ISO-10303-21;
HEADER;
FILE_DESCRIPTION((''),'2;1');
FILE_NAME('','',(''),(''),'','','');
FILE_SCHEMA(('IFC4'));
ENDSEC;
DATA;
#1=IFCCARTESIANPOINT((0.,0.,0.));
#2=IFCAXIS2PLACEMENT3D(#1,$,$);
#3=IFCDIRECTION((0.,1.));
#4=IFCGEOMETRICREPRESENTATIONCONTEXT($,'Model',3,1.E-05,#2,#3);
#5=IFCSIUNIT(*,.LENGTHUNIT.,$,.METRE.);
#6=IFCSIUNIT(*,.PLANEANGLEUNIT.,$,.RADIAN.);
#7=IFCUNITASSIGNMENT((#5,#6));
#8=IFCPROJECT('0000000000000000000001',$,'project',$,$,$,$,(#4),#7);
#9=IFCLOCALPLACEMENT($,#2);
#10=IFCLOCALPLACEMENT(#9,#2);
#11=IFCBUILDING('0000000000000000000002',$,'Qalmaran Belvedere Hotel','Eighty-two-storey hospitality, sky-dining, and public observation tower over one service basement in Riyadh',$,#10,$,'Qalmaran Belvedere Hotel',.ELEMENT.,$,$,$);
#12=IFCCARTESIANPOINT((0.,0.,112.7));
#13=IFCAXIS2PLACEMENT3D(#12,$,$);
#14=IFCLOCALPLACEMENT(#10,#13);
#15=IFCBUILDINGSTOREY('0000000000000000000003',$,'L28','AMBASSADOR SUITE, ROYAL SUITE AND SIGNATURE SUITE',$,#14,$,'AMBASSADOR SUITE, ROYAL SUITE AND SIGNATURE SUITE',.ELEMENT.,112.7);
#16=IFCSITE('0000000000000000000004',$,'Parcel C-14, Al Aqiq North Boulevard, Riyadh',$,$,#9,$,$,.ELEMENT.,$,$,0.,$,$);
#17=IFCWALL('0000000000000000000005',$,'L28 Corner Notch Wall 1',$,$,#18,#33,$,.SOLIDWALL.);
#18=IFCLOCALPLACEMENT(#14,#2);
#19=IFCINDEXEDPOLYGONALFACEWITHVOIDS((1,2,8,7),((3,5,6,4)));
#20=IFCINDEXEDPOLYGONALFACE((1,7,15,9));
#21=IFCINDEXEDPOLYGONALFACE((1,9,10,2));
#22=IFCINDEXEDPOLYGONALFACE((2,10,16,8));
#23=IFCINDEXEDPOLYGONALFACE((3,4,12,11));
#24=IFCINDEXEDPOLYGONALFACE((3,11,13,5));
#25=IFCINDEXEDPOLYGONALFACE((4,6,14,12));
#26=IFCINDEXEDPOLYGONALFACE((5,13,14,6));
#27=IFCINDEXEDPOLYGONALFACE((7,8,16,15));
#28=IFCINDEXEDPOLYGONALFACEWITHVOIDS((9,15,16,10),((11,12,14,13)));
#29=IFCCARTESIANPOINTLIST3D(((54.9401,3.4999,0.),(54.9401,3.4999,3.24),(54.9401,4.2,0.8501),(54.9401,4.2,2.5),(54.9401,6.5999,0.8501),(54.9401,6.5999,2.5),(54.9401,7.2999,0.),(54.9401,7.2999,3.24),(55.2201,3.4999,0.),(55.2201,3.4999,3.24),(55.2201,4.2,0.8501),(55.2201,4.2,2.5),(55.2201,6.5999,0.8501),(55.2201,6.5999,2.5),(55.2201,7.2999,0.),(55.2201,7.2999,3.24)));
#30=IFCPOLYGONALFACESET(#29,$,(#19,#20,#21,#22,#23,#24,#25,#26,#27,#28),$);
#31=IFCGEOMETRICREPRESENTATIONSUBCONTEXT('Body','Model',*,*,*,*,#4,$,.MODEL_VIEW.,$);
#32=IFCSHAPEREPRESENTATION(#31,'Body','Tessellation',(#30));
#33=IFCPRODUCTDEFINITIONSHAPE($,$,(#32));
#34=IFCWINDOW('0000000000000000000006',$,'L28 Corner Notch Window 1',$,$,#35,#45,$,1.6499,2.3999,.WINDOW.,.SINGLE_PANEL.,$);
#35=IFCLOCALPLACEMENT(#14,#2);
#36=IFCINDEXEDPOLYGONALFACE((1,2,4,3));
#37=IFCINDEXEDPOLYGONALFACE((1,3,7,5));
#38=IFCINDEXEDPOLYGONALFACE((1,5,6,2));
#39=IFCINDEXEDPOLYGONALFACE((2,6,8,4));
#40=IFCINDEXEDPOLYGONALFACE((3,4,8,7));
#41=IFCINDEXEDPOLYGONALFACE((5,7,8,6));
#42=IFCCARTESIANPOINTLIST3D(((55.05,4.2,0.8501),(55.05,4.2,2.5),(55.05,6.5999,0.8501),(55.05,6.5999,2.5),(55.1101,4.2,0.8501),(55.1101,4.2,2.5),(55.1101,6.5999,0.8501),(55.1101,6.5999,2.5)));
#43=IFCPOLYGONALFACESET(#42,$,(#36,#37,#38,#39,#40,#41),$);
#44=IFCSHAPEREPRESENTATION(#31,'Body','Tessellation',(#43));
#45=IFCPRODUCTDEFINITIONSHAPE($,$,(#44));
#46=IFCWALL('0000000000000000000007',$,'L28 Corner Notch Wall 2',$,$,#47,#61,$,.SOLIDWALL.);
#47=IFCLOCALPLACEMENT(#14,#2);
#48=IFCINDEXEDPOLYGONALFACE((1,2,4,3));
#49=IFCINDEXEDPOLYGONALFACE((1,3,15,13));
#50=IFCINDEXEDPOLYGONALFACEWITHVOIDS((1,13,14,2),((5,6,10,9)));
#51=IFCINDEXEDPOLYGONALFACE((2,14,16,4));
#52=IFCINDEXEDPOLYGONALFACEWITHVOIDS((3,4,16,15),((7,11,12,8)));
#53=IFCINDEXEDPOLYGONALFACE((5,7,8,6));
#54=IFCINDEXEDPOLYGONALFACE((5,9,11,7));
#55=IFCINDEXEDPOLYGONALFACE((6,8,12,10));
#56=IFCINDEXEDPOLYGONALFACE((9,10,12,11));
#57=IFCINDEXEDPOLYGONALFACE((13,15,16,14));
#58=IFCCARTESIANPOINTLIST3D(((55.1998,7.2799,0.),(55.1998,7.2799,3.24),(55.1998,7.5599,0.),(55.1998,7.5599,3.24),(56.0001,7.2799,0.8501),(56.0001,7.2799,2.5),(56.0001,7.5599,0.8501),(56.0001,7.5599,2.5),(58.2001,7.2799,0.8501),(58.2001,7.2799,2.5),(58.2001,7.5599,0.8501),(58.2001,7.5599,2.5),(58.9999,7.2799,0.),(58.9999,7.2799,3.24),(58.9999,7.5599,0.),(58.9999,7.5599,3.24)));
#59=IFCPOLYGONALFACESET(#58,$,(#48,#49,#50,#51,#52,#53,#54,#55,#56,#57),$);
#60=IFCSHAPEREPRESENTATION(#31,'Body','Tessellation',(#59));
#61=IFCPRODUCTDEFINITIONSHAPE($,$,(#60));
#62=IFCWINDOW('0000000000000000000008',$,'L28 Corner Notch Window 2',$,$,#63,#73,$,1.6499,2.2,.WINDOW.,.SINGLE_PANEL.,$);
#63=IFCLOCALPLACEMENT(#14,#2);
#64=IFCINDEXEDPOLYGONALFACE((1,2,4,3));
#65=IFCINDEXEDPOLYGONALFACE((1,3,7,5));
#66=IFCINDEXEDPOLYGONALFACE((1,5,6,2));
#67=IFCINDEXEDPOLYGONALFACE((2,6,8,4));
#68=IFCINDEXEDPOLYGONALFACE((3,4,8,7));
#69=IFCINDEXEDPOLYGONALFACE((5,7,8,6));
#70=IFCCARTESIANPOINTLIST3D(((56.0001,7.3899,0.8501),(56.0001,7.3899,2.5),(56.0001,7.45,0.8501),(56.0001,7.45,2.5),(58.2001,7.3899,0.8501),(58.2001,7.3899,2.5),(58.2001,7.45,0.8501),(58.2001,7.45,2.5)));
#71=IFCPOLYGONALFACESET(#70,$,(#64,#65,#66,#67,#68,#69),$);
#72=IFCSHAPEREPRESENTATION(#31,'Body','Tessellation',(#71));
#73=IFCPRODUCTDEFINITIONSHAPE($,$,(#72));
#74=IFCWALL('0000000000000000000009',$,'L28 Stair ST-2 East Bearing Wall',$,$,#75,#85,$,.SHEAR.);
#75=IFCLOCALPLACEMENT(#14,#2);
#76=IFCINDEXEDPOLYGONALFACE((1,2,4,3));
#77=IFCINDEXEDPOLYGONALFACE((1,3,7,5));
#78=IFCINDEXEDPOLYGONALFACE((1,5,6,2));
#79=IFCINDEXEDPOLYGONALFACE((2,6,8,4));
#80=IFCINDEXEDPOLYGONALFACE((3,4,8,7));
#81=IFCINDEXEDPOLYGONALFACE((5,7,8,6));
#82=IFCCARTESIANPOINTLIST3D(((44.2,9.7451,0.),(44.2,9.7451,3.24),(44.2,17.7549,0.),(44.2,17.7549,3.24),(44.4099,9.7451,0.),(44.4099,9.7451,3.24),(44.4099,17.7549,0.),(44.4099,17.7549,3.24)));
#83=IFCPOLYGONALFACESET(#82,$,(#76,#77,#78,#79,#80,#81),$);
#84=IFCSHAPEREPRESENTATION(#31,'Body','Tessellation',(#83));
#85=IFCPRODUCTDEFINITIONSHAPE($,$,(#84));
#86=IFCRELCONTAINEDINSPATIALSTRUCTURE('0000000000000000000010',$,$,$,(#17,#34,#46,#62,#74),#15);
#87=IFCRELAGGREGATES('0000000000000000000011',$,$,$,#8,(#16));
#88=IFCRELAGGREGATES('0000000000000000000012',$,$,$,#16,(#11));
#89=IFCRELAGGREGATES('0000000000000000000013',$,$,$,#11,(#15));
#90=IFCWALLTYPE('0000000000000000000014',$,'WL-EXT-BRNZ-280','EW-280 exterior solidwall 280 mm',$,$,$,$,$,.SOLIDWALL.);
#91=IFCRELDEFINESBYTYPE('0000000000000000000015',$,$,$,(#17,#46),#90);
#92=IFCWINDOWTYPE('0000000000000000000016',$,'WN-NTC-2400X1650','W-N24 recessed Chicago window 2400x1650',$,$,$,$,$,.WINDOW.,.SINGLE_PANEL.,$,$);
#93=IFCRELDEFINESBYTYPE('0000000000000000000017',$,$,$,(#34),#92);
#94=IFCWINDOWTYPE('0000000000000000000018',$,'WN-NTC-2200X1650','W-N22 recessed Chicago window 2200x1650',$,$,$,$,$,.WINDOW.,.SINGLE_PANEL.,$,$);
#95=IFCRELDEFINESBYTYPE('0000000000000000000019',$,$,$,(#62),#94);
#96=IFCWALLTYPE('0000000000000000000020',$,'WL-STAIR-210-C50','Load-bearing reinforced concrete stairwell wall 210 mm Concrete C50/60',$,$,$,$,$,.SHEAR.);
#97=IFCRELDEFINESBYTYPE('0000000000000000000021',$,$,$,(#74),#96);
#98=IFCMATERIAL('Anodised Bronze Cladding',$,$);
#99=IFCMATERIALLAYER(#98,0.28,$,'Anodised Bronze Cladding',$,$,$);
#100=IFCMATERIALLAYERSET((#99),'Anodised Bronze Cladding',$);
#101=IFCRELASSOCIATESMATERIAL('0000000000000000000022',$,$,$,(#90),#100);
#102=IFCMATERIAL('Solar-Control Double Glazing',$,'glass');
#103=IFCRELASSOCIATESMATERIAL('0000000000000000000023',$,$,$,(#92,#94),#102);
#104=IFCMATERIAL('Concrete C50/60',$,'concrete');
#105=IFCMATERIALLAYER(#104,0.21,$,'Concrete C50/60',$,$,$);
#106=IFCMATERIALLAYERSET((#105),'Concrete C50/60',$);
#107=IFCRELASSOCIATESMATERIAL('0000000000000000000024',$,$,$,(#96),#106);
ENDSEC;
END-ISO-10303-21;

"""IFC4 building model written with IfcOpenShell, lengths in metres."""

from ifc_helpers import new_model, si_unit, direction, frame, frame_2d, origin, place, context, subcontext, project, spatial, rectangle, extrude, material, layer, layer_set, type_object, element, fill, save


model = new_model("IFC4")

# Units and contexts
model_context = context("Model", 3, precision=1e-05, world=origin(), true_north=direction((0.0, 1.0)))
body_context = subcontext(model_context, "Body", "Model", "MODEL_VIEW")
ifc_project = project(units=[si_unit("LENGTHUNIT", "METRE"), si_unit("PLANEANGLEUNIT", "RADIAN")], contexts=[model_context])

# Site, building, storey
site_placement = place(None, origin())
site = spatial("IfcSite", under=ifc_project, at=site_placement, Name="Parcel C-14, Al Aqiq North Boulevard, Riyadh", CompositionType="ELEMENT", RefElevation=0.0)
building_placement = place(site_placement, origin())
building = spatial("IfcBuilding", under=site, at=building_placement, Name="Qalmaran Belvedere Hotel", Description="Eighty-two-storey hospitality, sky-dining, and public observation tower over one service basement in Riyadh", LongName="Qalmaran Belvedere Hotel", CompositionType="ELEMENT")
storey_placement = place(building_placement, frame((0.0, 0.0, 112.7)))
storey = spatial("IfcBuildingStorey", under=building, at=storey_placement, Name="L28", Description="AMBASSADOR SUITE, ROYAL SUITE AND SIGNATURE SUITE", LongName="AMBASSADOR SUITE, ROYAL SUITE AND SIGNATURE SUITE", CompositionType="ELEMENT", Elevation=112.7)

# Shared definitions
ifc_material_1 = material(Name="Solar-Control Double Glazing", Category="glass")

# Walls, openings, windows
ifc_material_2 = material(Name="Anodised Bronze Cladding")
ifc_layer_1 = layer(ifc_material_2, 0.28, Name="Anodised Bronze Cladding")
ifc_layer_set_1 = layer_set([ifc_layer_1], Name="Anodised Bronze Cladding")
wall_type_1 = type_object("IfcWallType", Name="WL-EXT-BRNZ-280", Description="EW-280 exterior solidwall 280 mm", PredefinedType="SOLIDWALL", material=ifc_layer_set_1)
wall_1_placement = place(storey_placement, frame((55.0801, 3.5, 0.0), z_axis=(0.0, 0.0, 1.0), x_axis=(0.0, 1.0, 0.0)))
wall_1 = element("IfcWall", 1, at=wall_1_placement, inside=storey, type_object=wall_type_1, Name="L28 Corner Notch Wall 1", PredefinedType="SOLIDWALL", context=body_context, shape_type="SweptSolid", body=[
    extrude(rectangle(XDim=3.8, YDim=0.28, at=frame_2d((1.8999, 0.0))), origin(), (0.0, 0.0, 1.0), 3.24),
])
opening_1_placement = place(wall_1_placement, frame((0.7, 0.0, 0.8501)))
opening_1 = element("IfcOpeningElement", 2, at=opening_1_placement, cuts=wall_1, PredefinedType="OPENING", context=body_context, shape_type="SweptSolid", body=[
    extrude(rectangle(XDim=2.3999, YDim=1.6499, at=frame_2d((1.2, 0.825))), frame((0.0, 0.1499, 0.0), z_axis=(0.0, -1.0, 0.0), x_axis=(1.0, 0.0, 0.0)), (0.0, 0.0, 1.0), 0.3),
])
window_type_1 = type_object("IfcWindowType", Name="WN-NTC-2400X1650", Description="W-N24 recessed Chicago window 2400x1650", PartitioningType="SINGLE_PANEL", PredefinedType="WINDOW", material=ifc_material_1)
window_1_placement = place(opening_1_placement, origin())
window_1 = element("IfcWindow", 3, at=window_1_placement, inside=storey, type_object=window_type_1, Name="L28 Corner Notch Window 1", OverallHeight=1.6499, OverallWidth=2.3999, PartitioningType="SINGLE_PANEL", PredefinedType="WINDOW", context=body_context, shape_type="SweptSolid", body=[
    extrude(rectangle(XDim=2.3999, YDim=1.6499, at=frame_2d((1.2, 0.825))), frame((0.0, 0.03, 0.0), z_axis=(0.0, -1.0, 0.0), x_axis=(1.0, 0.0, 0.0)), (0.0, 0.0, 1.0), 0.0601),
])
fill(opening_1, window_1)
wall_2_placement = place(storey_placement, frame((55.2, 7.4199, 0.0), z_axis=(0.0, 0.0, 1.0), x_axis=(1.0, 0.0, 0.0)))
wall_2 = element("IfcWall", 4, at=wall_2_placement, inside=storey, type_object=wall_type_1, Name="L28 Corner Notch Wall 2", PredefinedType="SOLIDWALL", context=body_context, shape_type="SweptSolid", body=[
    extrude(rectangle(XDim=3.8, YDim=0.28, at=frame_2d((1.8999, 0.0))), origin(), (0.0, 0.0, 1.0), 3.24),
])
opening_2_placement = place(wall_2_placement, frame((0.8, 0.0, 0.8501)))
opening_2 = element("IfcOpeningElement", 5, at=opening_2_placement, cuts=wall_2, PredefinedType="OPENING", context=body_context, shape_type="SweptSolid", body=[
    extrude(rectangle(XDim=2.2, YDim=1.6499, at=frame_2d((1.1001, 0.825))), frame((0.0, 0.1499, 0.0), z_axis=(0.0, -1.0, 0.0), x_axis=(1.0, 0.0, 0.0)), (0.0, 0.0, 1.0), 0.3),
])
window_type_2 = type_object("IfcWindowType", Name="WN-NTC-2200X1650", Description="W-N22 recessed Chicago window 2200x1650", PartitioningType="SINGLE_PANEL", PredefinedType="WINDOW", material=ifc_material_1)
window_2_placement = place(opening_2_placement, origin())
window_2 = element("IfcWindow", 6, at=window_2_placement, inside=storey, type_object=window_type_2, Name="L28 Corner Notch Window 2", OverallHeight=1.6499, OverallWidth=2.2, PartitioningType="SINGLE_PANEL", PredefinedType="WINDOW", context=body_context, shape_type="SweptSolid", body=[
    extrude(rectangle(XDim=2.2, YDim=1.6499, at=frame_2d((1.1001, 0.825))), frame((0.0, 0.03, 0.0), z_axis=(0.0, -1.0, 0.0), x_axis=(1.0, 0.0, 0.0)), (0.0, 0.0, 1.0), 0.0601),
])
fill(opening_2, window_2)

# Wall
ifc_material_3 = material(Name="Concrete C50/60", Category="concrete")
ifc_layer_2 = layer(ifc_material_3, 0.21, Name="Concrete C50/60")
ifc_layer_set_2 = layer_set([ifc_layer_2], Name="Concrete C50/60")
wall_type_2 = type_object("IfcWallType", Name="WL-STAIR-210-C50", Description="Load-bearing reinforced concrete stairwell wall 210 mm Concrete C50/60", PredefinedType="SHEAR", material=ifc_layer_set_2)
wall_3_placement = place(storey_placement, frame((44.3049, 9.7451, 0.0), z_axis=(0.0, 0.0, 1.0), x_axis=(0.0, 1.0, 0.0)))
element("IfcWall", 7, at=wall_3_placement, inside=storey, type_object=wall_type_2, Name="L28 Stair ST-2 East Bearing Wall", PredefinedType="SHEAR", context=body_context, shape_type="SweptSolid", body=[
    extrude(rectangle(XDim=8.0098, YDim=0.21, at=frame_2d((4.0049, 0.0))), origin(), (0.0, 0.0, 1.0), 3.24),
])

save(model, "model.ifc")
